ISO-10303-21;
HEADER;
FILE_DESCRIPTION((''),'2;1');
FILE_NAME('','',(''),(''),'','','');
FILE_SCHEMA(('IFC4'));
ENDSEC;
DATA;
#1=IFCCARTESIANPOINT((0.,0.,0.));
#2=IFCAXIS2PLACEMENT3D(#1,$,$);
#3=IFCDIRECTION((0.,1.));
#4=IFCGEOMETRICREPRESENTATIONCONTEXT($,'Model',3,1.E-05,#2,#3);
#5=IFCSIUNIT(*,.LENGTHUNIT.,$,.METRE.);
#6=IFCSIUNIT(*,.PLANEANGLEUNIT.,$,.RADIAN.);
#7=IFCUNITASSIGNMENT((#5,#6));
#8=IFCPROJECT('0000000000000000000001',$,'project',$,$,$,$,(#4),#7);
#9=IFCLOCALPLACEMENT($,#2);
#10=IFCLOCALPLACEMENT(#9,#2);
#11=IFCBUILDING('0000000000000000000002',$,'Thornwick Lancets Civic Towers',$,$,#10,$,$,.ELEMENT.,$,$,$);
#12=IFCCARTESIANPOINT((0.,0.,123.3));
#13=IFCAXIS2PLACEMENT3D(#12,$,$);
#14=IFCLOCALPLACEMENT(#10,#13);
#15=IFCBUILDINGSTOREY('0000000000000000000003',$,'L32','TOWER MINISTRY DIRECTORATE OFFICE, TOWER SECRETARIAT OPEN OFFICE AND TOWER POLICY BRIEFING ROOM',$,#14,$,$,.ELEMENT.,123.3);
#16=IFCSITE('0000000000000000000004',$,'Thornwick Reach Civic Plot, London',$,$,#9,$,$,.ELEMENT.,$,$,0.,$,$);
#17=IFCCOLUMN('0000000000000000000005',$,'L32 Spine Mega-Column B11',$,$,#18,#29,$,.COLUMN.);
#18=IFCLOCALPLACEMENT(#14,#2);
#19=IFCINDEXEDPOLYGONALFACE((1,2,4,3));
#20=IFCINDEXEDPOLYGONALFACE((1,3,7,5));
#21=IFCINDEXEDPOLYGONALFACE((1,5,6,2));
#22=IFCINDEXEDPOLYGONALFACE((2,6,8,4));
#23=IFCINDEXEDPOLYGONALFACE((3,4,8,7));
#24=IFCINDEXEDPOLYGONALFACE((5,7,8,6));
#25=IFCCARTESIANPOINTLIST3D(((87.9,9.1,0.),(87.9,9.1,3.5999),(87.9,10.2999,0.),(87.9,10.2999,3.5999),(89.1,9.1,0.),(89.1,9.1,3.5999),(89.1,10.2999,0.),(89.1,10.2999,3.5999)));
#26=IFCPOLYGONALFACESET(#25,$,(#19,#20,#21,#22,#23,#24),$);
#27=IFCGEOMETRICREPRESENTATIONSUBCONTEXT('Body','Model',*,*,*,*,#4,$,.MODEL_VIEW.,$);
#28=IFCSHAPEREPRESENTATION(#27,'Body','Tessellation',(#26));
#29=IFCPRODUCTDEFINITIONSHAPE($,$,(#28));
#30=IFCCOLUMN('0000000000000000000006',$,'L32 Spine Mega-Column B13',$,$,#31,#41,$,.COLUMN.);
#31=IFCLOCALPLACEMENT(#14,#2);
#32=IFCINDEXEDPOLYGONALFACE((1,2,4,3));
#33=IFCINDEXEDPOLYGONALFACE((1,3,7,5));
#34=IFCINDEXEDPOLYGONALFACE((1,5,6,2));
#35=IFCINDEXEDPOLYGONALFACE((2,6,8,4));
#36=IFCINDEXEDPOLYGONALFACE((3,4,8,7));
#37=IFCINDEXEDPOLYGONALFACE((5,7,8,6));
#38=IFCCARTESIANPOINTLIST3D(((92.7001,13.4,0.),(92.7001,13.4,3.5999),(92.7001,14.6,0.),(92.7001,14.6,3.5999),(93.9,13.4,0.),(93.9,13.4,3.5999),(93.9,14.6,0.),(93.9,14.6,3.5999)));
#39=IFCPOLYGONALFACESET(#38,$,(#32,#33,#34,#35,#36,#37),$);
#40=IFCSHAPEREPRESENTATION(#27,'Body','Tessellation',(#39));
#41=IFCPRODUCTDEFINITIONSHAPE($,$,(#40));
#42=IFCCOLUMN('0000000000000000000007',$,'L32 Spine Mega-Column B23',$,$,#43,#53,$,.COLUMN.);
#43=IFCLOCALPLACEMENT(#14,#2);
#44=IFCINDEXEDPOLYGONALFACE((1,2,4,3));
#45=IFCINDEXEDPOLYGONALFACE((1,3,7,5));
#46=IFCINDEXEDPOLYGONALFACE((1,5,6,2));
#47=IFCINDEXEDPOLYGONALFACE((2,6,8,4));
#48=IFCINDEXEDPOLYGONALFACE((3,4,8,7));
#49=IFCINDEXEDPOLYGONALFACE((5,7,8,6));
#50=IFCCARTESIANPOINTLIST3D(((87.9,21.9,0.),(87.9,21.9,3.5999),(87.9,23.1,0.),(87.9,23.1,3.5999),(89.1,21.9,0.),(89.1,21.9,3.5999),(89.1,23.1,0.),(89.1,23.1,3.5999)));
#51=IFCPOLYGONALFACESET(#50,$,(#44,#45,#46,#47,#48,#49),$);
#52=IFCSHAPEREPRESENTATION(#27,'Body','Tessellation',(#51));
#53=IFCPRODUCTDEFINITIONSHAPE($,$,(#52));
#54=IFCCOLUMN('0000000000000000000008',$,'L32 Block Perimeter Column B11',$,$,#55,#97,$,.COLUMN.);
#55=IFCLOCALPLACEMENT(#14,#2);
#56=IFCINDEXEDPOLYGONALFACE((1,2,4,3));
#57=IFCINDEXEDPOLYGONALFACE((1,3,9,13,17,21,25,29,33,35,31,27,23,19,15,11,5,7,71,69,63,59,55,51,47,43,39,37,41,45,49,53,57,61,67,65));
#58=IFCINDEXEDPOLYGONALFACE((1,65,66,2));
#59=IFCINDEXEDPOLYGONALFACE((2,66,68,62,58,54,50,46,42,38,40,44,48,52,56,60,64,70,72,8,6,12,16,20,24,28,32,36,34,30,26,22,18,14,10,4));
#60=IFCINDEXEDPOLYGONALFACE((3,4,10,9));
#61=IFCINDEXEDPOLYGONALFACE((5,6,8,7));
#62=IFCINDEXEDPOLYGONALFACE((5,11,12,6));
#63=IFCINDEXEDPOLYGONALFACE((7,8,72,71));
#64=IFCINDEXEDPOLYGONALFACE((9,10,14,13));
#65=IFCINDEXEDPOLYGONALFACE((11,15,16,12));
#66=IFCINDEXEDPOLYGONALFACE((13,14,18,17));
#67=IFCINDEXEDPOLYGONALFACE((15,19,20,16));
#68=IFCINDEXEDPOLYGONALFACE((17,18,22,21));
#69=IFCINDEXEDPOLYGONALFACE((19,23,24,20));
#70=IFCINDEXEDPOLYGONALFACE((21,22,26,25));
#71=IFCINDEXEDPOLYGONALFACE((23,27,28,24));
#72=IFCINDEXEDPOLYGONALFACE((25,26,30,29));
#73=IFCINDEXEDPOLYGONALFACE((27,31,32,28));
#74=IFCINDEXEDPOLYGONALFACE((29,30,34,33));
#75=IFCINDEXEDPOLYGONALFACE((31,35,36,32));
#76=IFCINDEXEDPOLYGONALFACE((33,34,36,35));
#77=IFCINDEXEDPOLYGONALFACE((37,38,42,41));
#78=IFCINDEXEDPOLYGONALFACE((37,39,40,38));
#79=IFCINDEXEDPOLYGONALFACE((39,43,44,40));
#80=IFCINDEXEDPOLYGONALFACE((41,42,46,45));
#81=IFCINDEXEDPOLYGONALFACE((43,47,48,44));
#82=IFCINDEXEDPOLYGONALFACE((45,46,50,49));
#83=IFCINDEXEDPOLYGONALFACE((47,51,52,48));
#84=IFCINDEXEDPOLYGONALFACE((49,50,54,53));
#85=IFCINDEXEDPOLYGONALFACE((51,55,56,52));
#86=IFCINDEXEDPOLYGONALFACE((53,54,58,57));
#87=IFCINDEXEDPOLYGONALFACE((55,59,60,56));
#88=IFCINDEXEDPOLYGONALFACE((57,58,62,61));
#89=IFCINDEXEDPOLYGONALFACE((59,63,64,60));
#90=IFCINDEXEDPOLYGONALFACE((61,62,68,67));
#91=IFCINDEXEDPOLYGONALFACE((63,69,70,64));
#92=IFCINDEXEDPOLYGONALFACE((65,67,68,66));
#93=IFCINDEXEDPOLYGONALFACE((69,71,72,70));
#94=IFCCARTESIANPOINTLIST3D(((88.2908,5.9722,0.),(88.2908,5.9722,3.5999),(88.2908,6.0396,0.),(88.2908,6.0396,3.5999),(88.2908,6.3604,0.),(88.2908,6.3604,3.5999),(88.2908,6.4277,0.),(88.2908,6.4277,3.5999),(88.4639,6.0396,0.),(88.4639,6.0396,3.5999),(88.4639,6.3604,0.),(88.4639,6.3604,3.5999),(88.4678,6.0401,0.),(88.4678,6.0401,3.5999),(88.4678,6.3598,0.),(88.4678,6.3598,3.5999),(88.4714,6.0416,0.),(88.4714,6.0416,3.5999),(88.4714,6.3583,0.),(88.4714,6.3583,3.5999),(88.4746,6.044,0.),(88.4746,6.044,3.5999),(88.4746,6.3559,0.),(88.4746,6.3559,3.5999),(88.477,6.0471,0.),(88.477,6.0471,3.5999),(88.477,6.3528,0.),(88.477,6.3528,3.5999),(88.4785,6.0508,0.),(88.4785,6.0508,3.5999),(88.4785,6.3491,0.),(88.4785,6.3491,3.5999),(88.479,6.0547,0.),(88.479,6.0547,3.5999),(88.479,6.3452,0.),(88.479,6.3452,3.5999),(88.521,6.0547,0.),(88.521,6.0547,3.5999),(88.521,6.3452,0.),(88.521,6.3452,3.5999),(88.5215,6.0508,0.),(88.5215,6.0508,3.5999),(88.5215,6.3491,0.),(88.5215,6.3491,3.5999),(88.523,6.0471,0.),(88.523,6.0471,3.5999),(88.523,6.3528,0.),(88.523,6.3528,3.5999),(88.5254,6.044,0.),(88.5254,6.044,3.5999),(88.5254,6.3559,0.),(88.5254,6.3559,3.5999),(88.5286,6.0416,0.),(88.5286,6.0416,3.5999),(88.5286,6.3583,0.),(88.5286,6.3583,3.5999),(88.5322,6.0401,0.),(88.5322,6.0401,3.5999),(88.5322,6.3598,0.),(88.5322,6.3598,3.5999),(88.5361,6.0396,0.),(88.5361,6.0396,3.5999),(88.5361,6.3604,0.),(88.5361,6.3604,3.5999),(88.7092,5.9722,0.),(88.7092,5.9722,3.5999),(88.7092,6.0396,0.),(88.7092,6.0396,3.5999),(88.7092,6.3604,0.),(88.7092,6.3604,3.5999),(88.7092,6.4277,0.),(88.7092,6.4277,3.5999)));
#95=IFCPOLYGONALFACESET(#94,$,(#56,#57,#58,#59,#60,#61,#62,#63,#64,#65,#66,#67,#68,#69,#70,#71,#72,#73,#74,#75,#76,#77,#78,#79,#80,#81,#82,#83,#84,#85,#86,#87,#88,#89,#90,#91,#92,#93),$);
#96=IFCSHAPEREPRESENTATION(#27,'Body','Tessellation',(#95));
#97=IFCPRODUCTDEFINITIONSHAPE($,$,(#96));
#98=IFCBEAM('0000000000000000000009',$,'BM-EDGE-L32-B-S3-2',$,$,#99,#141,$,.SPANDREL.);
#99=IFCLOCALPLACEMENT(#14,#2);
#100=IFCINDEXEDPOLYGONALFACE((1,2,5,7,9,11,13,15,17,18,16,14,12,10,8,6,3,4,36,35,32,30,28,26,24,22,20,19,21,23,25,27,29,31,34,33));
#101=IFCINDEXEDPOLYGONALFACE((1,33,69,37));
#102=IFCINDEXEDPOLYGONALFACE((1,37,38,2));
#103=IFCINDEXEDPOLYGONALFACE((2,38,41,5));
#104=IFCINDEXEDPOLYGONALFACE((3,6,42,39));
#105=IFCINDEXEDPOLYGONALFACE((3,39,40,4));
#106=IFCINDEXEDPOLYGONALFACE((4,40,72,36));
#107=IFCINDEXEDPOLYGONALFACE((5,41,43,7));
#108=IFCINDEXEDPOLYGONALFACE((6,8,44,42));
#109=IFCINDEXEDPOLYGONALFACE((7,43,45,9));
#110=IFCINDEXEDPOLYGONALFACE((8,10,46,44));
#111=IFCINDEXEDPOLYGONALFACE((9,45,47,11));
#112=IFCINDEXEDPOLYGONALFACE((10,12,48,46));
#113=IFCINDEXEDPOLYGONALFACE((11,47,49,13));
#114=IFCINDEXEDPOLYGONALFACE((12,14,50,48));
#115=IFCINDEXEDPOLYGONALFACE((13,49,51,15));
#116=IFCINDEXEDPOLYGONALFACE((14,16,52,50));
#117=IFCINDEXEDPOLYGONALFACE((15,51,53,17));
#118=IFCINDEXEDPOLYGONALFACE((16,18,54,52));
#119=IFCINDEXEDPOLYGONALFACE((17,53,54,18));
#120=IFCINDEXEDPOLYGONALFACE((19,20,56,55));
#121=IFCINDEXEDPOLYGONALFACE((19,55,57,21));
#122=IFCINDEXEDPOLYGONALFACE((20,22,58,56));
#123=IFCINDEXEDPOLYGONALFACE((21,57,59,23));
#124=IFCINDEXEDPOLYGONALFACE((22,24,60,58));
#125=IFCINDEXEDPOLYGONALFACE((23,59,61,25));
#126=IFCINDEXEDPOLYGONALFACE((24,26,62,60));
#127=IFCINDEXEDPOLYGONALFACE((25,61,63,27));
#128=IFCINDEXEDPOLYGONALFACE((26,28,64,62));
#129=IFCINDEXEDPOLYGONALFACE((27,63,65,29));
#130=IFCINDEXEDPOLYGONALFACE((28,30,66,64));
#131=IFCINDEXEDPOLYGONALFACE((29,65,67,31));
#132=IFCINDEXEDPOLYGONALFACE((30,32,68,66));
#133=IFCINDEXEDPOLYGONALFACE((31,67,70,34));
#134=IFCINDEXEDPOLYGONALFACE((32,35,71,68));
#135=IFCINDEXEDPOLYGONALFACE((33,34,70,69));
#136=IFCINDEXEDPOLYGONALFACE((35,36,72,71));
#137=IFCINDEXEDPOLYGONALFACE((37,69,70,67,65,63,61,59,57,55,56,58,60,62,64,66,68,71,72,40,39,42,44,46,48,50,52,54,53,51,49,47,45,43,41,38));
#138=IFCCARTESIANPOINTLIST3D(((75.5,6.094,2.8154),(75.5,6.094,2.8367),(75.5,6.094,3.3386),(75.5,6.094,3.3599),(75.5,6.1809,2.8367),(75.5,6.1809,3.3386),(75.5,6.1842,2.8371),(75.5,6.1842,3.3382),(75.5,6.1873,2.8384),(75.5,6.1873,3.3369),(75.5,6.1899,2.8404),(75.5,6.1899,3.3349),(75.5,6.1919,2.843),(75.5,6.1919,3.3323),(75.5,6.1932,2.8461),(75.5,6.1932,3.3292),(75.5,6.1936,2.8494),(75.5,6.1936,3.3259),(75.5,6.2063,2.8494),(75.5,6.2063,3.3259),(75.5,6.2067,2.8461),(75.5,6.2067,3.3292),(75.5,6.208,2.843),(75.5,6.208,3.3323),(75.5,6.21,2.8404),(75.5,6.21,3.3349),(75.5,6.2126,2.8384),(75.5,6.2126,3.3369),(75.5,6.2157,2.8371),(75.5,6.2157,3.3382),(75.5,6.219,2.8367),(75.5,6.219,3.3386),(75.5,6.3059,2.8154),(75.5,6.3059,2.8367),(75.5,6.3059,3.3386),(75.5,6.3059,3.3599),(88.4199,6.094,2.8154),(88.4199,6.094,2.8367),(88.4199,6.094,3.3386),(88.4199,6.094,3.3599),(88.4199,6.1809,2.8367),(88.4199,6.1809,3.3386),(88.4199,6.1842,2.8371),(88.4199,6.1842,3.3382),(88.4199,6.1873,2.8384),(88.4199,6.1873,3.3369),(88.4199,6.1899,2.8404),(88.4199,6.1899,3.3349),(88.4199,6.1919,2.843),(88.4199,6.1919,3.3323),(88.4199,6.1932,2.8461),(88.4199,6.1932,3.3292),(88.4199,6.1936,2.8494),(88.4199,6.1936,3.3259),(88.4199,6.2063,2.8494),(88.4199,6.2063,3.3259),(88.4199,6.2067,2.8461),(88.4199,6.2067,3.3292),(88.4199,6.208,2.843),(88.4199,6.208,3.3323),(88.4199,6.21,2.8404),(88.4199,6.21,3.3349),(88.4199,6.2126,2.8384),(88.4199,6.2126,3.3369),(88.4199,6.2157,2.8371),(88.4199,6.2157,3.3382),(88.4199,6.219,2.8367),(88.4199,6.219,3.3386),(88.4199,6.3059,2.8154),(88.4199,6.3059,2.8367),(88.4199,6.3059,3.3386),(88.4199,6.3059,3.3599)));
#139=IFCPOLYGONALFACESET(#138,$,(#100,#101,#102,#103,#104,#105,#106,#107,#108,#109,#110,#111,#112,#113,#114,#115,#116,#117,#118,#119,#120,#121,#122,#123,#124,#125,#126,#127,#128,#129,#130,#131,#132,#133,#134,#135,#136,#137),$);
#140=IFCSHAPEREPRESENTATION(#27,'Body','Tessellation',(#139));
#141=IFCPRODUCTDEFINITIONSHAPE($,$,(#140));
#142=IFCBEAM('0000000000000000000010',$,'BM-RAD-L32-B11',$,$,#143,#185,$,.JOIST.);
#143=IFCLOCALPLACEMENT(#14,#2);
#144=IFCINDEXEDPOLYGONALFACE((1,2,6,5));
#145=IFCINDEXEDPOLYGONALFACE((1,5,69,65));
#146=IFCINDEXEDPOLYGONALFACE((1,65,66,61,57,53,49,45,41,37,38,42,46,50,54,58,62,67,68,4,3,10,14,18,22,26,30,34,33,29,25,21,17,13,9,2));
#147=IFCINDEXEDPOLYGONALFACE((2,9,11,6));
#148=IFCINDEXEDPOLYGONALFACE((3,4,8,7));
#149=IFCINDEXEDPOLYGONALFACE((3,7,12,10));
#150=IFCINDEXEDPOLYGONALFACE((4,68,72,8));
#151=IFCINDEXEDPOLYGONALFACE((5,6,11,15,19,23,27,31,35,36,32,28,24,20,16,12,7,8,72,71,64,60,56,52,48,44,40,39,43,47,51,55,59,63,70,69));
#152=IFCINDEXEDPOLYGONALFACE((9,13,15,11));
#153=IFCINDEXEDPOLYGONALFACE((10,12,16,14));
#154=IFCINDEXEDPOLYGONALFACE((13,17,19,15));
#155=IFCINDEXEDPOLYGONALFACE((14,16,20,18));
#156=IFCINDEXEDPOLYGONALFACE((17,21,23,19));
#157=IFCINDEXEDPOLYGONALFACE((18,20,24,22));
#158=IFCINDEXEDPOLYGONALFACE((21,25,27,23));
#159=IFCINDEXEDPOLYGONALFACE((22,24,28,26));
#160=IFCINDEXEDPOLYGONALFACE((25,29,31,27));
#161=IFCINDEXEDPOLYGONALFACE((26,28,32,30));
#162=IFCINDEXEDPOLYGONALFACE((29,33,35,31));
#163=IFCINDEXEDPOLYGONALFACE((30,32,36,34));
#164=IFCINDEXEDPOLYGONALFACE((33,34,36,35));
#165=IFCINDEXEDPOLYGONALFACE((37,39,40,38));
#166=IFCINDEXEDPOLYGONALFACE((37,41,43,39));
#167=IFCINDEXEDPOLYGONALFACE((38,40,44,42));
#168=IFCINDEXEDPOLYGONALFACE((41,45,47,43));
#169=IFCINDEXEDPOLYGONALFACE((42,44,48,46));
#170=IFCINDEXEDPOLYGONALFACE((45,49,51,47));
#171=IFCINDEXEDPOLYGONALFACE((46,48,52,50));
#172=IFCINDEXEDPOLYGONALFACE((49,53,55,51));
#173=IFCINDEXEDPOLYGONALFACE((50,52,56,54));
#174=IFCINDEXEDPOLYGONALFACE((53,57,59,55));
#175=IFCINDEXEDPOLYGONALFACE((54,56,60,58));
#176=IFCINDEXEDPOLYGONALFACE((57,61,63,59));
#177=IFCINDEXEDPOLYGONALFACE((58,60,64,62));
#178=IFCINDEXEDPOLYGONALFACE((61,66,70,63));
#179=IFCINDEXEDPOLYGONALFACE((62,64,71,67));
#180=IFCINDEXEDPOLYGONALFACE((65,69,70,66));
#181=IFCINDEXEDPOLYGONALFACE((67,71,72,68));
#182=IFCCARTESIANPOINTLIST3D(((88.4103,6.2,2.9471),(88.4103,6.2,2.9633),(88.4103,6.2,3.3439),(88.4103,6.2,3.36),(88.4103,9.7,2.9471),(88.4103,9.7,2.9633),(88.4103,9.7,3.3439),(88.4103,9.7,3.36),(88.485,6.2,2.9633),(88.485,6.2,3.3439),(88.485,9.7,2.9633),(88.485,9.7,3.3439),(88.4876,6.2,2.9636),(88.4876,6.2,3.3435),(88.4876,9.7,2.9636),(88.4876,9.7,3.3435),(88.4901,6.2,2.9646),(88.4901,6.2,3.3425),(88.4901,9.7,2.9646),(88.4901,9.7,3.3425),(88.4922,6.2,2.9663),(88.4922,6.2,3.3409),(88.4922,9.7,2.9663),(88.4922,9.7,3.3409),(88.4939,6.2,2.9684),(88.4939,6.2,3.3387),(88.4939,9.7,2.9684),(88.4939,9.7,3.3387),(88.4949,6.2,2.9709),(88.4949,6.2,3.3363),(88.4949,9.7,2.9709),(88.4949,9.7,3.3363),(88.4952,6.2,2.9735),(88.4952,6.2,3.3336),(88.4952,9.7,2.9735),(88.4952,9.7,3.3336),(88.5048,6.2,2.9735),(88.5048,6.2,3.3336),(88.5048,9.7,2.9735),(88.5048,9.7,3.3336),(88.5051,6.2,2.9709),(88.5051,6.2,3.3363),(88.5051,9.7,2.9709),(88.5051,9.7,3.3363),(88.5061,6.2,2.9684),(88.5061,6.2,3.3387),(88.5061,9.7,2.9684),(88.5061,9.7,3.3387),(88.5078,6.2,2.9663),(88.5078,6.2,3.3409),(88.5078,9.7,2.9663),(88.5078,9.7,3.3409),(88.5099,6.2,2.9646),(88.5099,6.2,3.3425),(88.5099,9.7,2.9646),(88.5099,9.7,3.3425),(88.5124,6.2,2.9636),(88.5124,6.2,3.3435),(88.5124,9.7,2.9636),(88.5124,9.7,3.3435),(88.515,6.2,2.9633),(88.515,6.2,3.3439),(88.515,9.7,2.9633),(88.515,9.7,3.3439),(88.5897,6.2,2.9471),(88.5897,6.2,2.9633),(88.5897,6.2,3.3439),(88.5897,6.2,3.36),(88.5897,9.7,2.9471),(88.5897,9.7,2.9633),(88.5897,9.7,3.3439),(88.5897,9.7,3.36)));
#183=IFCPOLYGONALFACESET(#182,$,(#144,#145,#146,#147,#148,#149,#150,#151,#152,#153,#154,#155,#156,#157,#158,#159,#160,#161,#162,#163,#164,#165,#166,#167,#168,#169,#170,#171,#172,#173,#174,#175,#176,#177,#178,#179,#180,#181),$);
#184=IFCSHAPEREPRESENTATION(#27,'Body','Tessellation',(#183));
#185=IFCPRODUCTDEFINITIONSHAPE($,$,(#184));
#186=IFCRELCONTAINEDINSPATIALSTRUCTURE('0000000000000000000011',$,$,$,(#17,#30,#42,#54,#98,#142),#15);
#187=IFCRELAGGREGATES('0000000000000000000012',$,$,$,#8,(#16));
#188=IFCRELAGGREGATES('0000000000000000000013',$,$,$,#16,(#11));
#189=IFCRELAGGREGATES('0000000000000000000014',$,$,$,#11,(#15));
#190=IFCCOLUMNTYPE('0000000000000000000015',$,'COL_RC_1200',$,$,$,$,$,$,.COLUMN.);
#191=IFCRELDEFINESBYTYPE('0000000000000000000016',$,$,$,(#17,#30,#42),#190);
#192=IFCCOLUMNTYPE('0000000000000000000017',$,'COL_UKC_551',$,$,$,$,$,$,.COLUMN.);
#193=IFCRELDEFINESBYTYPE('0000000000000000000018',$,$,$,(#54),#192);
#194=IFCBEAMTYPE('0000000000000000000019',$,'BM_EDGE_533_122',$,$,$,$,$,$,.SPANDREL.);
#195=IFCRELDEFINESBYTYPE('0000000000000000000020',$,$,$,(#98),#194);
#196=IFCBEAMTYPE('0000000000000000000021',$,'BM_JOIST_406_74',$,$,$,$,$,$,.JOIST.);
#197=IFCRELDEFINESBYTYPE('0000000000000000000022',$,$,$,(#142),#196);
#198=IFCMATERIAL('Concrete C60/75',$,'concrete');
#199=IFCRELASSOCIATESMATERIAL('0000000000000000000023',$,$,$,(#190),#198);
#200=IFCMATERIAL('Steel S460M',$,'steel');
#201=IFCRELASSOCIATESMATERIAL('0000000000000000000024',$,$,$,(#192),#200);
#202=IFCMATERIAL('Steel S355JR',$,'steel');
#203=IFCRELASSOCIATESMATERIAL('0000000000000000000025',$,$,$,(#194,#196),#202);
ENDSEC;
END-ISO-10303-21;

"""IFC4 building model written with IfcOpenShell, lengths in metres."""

from ifc_helpers import new_model, si_unit, direction, frame, origin, origin_2d, place, context, subcontext, project, spatial, rectangle, i_section, extrude, material, material_profile, profile_set, type_object, element, save


model = new_model("IFC4")

# Units and contexts
model_context = context("Model", 3, precision=1e-05, world=origin(), true_north=direction((0.0, 1.0)))
body_context = subcontext(model_context, "Body", "Model", "MODEL_VIEW")
ifc_project = project(units=[si_unit("LENGTHUNIT", "METRE"), si_unit("PLANEANGLEUNIT", "RADIAN")], contexts=[model_context])

# Site, building, storey
site_placement = place(None, origin())
site = spatial("IfcSite", under=ifc_project, at=site_placement, Name="Thornwick Reach Civic Plot, London", CompositionType="ELEMENT", RefElevation=0.0)
building_placement = place(site_placement, origin())
building = spatial("IfcBuilding", under=site, at=building_placement, Name="Thornwick Lancets Civic Towers", CompositionType="ELEMENT")
storey_placement = place(building_placement, frame((0.0, 0.0, 123.3)))
storey = spatial("IfcBuildingStorey", under=building, at=storey_placement, Name="L32", Description="TOWER MINISTRY DIRECTORATE OFFICE, TOWER SECRETARIAT OPEN OFFICE AND TOWER POLICY BRIEFING ROOM", CompositionType="ELEMENT", Elevation=123.3)

# Columns
ifc_material_1 = material(Name="Concrete C60/75", Category="concrete")
ifc_material_profile_1 = material_profile(ifc_material_1, rectangle(XDim=1.2, YDim=1.2, at=origin_2d()), Name="RC 1200x1200")
ifc_profile_set_1 = profile_set([ifc_material_profile_1], Name="Concrete C60/75")
column_type_1 = type_object("IfcColumnType", Name="COL_RC_1200", PredefinedType="COLUMN", material=ifc_profile_set_1)
for number, where, z_axis, x_axis, name in (
    (1, (88.5, 9.7, 0.0), (0.0, 0.0, 1.0), (1.0, 0.0, 0.0), "L32 Spine Mega-Column B11"),
    (2, (93.3, 14.0, 0.0), (0.0, 0.0, 1.0), (1.0, 0.0, 0.0), "L32 Spine Mega-Column B13"),
    (3, (88.5, 22.5, 0.0), (0.0, 0.0, 1.0), (1.0, 0.0, 0.0), "L32 Spine Mega-Column B23"),
):
    element("IfcColumn", number, at=place(storey_placement, frame(where, z_axis=z_axis, x_axis=x_axis)), inside=storey, type_object=column_type_1, Name=name, PredefinedType="COLUMN", context=body_context, shape_type="SweptSolid", body=[
        extrude(rectangle(XDim=1.2, YDim=1.2, at=origin_2d()), origin(), (0.0, 0.0, 1.0), 3.5999),
    ])
ifc_material_2 = material(Name="Steel S460M", Category="steel")
ifc_material_profile_2 = material_profile(ifc_material_2, i_section(OverallWidth=0.4185, OverallDepth=0.4556, WebThickness=0.042, FlangeThickness=0.0674, FilletRadius=0.0151, at=origin_2d()), Name="UKC 356x406x551")
ifc_profile_set_2 = profile_set([ifc_material_profile_2], Name="Steel S460M")
column_type_2 = type_object("IfcColumnType", Name="COL_UKC_551", PredefinedType="COLUMN", material=ifc_profile_set_2)
column_placement = place(storey_placement, frame((88.5, 6.2, 0.0), z_axis=(0.0, 0.0, 1.0), x_axis=(1.0, 0.0, 0.0)))
element("IfcColumn", 4, at=column_placement, inside=storey, type_object=column_type_2, Name="L32 Block Perimeter Column B11", PredefinedType="COLUMN", context=body_context, shape_type="SweptSolid", body=[
    extrude(i_section(OverallWidth=0.4185, OverallDepth=0.4556, WebThickness=0.042, FlangeThickness=0.0674, FilletRadius=0.0151, at=origin_2d()), origin(), (0.0, 0.0, 1.0), 3.5999),
])

# Beams
ifc_material_3 = material(Name="Steel S355JR", Category="steel")
ifc_material_profile_3 = material_profile(ifc_material_3, i_section(OverallWidth=0.2119, OverallDepth=0.5444, WebThickness=0.0127, FlangeThickness=0.0212, FilletRadius=0.0127, at=origin_2d()), Name="UKB 533x210x122")
ifc_profile_set_3 = profile_set([ifc_material_profile_3], Name="Steel S355JR")
beam_type_1 = type_object("IfcBeamType", Name="BM_EDGE_533_122", PredefinedType="SPANDREL", material=ifc_profile_set_3)
beam_1_placement = place(storey_placement, frame((88.4199, 6.2, 3.0876), z_axis=(-1.0, 0.0, 0.0), x_axis=(0.0, -1.0, 0.0)))
element("IfcBeam", 5, at=beam_1_placement, inside=storey, type_object=beam_type_1, Name="BM-EDGE-L32-B-S3-2", PredefinedType="SPANDREL", context=body_context, shape_type="SweptSolid", body=[
    extrude(i_section(OverallWidth=0.2119, OverallDepth=0.5444, WebThickness=0.0127, FlangeThickness=0.0212, FilletRadius=0.0127, at=origin_2d()), origin(), (0.0, 0.0, 1.0), 12.9199),
])
ifc_material_profile_4 = material_profile(ifc_material_3, i_section(OverallWidth=0.1794, OverallDepth=0.4128, WebThickness=0.0095, FlangeThickness=0.0161, FilletRadius=0.0103, at=origin_2d()), Name="UKB 406x178x74")
ifc_profile_set_4 = profile_set([ifc_material_profile_4], Name="Steel S355JR")
beam_type_2 = type_object("IfcBeamType", Name="BM_JOIST_406_74", PredefinedType="JOIST", material=ifc_profile_set_4)
beam_2_placement = place(storey_placement, frame((88.5, 9.7, 3.1536), z_axis=(0.0, -1.0, 0.0), x_axis=(1.0, 0.0, 0.0)))
element("IfcBeam", 6, at=beam_2_placement, inside=storey, type_object=beam_type_2, Name="BM-RAD-L32-B11", PredefinedType="JOIST", context=body_context, shape_type="SweptSolid", body=[
    extrude(i_section(OverallWidth=0.1794, OverallDepth=0.4128, WebThickness=0.0095, FlangeThickness=0.0161, FilletRadius=0.0103, at=origin_2d()), origin(), (0.0, 0.0, 1.0), 3.5),
])

save(model, "model.ifc")
